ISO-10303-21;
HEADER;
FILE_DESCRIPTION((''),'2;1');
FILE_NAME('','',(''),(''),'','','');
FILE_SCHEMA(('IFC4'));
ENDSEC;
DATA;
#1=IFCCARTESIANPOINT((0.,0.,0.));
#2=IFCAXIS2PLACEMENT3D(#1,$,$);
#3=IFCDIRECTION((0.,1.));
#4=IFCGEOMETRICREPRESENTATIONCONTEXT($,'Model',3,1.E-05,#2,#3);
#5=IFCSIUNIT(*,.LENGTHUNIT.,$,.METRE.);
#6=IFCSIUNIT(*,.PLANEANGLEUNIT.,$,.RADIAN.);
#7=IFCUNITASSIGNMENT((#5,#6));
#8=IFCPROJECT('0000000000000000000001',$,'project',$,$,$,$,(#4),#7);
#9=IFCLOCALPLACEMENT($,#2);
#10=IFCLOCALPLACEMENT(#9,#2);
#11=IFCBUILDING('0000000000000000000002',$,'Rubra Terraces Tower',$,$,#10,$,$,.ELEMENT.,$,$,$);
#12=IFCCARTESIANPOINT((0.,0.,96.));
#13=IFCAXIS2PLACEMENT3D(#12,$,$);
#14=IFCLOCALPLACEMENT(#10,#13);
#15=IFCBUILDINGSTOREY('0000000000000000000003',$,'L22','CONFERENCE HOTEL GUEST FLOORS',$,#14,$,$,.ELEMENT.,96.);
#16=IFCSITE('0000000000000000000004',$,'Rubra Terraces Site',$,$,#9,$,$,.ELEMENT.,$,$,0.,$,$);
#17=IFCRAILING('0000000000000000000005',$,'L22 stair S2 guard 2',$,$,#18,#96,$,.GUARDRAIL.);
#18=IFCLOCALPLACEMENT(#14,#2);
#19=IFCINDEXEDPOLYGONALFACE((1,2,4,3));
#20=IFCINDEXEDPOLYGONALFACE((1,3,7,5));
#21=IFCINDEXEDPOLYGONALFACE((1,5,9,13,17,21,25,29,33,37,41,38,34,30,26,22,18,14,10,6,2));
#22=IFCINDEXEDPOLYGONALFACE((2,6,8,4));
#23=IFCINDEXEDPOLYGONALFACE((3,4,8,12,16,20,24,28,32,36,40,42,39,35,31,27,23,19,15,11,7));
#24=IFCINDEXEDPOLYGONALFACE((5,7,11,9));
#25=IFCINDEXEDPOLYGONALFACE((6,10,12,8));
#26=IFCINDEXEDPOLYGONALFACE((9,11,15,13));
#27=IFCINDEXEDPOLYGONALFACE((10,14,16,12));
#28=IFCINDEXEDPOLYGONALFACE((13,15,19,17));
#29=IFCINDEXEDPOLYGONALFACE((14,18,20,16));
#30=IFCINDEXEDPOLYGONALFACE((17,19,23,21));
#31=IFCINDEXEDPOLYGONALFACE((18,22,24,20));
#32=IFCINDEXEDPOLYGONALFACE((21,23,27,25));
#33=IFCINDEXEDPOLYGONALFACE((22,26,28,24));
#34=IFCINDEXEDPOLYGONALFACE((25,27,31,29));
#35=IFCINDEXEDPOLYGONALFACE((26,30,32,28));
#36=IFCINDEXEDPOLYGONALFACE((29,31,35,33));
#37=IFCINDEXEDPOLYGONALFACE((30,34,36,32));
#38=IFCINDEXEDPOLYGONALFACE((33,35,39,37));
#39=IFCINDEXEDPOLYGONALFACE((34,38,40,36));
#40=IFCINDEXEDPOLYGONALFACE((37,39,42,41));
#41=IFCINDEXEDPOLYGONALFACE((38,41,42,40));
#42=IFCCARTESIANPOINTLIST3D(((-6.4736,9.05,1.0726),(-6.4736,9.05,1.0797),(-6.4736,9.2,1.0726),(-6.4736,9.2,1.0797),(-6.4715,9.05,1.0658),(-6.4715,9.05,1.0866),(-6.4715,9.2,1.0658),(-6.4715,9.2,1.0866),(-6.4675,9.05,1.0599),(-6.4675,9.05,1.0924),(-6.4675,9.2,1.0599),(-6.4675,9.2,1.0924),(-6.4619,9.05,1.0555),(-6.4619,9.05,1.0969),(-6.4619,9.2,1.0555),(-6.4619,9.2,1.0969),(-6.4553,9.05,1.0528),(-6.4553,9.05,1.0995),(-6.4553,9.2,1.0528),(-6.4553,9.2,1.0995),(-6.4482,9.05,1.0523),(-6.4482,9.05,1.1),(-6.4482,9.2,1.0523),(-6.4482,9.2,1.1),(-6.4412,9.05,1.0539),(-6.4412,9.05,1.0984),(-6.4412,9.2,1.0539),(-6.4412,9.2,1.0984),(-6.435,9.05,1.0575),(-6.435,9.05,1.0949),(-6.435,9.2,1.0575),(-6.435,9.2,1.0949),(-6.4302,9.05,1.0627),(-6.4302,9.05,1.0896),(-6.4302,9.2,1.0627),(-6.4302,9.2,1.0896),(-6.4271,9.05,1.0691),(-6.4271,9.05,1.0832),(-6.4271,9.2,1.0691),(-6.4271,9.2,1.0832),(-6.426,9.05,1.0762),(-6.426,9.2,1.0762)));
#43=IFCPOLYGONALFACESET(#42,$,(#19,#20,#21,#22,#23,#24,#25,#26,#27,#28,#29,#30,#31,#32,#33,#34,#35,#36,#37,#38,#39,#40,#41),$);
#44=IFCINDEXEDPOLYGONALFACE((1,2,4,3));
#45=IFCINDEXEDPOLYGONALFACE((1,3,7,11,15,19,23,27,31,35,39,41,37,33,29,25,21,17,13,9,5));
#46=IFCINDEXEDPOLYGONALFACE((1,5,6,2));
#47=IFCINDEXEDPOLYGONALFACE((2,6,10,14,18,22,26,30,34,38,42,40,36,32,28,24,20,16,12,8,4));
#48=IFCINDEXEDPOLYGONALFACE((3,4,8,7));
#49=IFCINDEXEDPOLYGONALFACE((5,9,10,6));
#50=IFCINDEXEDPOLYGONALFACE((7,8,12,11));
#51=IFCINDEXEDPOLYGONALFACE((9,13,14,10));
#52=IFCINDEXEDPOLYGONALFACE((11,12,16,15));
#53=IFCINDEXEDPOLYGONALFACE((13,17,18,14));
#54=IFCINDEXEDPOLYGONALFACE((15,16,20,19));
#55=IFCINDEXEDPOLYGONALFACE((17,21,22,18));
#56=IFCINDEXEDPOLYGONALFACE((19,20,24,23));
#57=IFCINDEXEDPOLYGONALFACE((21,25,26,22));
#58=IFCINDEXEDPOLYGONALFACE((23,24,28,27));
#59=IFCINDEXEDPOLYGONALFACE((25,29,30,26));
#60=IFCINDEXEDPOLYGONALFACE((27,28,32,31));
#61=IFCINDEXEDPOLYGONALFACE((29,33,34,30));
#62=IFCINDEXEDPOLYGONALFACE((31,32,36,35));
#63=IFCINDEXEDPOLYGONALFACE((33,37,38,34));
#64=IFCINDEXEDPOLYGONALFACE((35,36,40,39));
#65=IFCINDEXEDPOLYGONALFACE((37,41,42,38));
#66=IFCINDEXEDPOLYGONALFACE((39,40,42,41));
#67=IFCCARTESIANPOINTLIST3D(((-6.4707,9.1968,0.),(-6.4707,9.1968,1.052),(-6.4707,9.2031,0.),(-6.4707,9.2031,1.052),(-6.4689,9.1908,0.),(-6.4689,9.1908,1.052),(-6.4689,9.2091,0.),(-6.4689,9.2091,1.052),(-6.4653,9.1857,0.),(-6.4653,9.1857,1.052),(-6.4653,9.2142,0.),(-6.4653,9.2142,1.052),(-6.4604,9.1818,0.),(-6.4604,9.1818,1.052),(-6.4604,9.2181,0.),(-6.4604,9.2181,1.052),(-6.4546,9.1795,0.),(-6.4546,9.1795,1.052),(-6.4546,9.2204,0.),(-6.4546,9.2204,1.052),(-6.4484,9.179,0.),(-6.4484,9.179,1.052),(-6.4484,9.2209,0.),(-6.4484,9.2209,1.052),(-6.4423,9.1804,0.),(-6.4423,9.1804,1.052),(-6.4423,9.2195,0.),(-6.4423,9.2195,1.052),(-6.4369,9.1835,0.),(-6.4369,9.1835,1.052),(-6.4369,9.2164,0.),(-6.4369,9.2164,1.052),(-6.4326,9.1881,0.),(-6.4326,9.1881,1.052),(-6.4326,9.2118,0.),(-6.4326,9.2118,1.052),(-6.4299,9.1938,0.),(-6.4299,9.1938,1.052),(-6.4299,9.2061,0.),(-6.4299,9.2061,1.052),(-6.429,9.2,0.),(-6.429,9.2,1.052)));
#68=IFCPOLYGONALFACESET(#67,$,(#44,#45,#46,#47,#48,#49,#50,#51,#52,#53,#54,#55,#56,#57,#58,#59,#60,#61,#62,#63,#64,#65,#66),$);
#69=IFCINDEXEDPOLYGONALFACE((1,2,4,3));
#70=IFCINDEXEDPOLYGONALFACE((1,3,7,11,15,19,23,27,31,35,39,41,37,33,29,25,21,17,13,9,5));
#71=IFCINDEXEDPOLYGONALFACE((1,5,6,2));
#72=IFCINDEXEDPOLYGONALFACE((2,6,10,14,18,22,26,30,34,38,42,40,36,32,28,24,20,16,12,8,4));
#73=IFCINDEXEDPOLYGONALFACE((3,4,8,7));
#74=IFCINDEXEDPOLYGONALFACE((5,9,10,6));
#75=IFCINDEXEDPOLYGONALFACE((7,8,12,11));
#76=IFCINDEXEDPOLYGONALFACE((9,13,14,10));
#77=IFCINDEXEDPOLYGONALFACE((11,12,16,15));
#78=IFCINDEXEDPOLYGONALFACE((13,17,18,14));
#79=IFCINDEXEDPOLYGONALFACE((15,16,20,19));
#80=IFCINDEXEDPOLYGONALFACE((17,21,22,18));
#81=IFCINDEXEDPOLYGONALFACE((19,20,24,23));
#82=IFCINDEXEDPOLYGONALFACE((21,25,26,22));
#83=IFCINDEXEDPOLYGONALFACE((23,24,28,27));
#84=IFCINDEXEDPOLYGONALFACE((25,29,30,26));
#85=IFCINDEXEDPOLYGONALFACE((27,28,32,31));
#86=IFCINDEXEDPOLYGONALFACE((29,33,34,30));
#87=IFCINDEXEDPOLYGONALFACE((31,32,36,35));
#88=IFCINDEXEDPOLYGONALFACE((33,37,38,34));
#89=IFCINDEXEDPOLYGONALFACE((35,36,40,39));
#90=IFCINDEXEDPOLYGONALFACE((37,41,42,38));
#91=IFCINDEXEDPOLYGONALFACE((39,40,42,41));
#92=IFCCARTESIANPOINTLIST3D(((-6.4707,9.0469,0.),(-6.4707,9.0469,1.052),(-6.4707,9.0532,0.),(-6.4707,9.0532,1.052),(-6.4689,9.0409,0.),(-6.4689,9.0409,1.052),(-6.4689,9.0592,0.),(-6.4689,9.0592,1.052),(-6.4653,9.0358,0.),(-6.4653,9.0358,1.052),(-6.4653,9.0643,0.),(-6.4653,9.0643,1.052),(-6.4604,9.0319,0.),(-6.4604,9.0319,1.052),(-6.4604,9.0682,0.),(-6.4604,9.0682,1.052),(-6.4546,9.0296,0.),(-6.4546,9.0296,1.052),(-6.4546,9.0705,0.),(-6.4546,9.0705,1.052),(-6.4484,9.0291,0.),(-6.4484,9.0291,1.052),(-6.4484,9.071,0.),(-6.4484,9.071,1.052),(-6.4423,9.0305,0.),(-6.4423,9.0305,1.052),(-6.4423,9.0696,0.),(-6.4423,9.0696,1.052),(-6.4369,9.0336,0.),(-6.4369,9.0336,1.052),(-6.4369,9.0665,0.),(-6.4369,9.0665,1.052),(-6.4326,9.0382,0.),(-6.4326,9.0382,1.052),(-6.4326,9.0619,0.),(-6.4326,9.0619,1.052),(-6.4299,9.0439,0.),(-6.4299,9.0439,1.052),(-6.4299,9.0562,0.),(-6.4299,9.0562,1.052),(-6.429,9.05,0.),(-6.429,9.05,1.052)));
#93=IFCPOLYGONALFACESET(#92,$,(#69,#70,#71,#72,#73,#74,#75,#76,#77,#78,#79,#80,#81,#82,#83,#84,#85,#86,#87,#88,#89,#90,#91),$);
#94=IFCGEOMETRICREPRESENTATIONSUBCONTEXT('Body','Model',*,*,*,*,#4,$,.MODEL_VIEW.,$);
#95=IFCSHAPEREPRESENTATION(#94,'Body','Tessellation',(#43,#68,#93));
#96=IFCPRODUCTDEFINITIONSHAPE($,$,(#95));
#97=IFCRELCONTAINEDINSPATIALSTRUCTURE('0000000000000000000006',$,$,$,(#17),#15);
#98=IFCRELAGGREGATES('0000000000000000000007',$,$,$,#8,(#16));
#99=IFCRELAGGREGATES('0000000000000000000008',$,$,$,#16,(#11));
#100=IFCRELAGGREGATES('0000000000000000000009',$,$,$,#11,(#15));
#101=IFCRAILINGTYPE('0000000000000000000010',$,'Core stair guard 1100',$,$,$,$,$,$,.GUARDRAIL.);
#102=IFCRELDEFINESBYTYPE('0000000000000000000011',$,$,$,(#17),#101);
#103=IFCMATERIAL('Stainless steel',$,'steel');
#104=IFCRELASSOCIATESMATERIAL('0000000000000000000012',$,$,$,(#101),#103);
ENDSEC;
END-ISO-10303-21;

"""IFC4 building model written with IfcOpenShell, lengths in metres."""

from ifc_helpers import new_model, si_unit, direction, frame, origin, origin_2d, place, context, subcontext, project, spatial, circle, extrude, material, type_object, element, save


model = new_model("IFC4")

# Units and contexts
model_context = context("Model", 3, precision=1e-05, world=origin(), true_north=direction((0.0, 1.0)))
body_context = subcontext(model_context, "Body", "Model", "MODEL_VIEW")
ifc_project = project(units=[si_unit("LENGTHUNIT", "METRE"), si_unit("PLANEANGLEUNIT", "RADIAN")], contexts=[model_context])

# Site, building, storey
site_placement = place(None, origin())
site = spatial("IfcSite", under=ifc_project, at=site_placement, Name="Rubra Terraces Site", CompositionType="ELEMENT", RefElevation=0.0)
building_placement = place(site_placement, origin())
building = spatial("IfcBuilding", under=site, at=building_placement, Name="Rubra Terraces Tower", CompositionType="ELEMENT")
storey_placement = place(building_placement, frame((0.0, 0.0, 96.0)))
storey = spatial("IfcBuildingStorey", under=building, at=storey_placement, Name="L22", Description="CONFERENCE HOTEL GUEST FLOORS", CompositionType="ELEMENT", Elevation=96.0)

# Shared definitions
ifc_material_1 = material(Name="Stainless steel", Category="steel")

# Railing
railing_type_1 = type_object("IfcRailingType", Name="Core stair guard 1100", PredefinedType="GUARDRAIL", material=ifc_material_1)
railing_1_placement = place(storey_placement, frame((-6.45, 9.2, 0.0)))
element("IfcRailing", 1, at=railing_1_placement, inside=storey, type_object=railing_type_1, Name="L22 stair S2 guard 2", PredefinedType="GUARDRAIL", context=body_context, shape_type="SweptSolid", body=[
    extrude(circle(Radius=0.0239, at=origin_2d()), frame((0.0, 0.0, 1.0762), z_axis=(0.0, -1.0, 0.0), x_axis=(1.0, 0.0, 0.0)), (0.0, 0.0, 1.0), 0.1499),
    extrude(circle(Radius=0.021, at=origin_2d()), origin(), (0.0, 0.0, 1.0), 1.052),
    extrude(circle(Radius=0.021, at=origin_2d()), frame((0.0, -0.1499, 0.0)), (0.0, 0.0, 1.0), 1.052),
])

save(model, "model.ifc")
